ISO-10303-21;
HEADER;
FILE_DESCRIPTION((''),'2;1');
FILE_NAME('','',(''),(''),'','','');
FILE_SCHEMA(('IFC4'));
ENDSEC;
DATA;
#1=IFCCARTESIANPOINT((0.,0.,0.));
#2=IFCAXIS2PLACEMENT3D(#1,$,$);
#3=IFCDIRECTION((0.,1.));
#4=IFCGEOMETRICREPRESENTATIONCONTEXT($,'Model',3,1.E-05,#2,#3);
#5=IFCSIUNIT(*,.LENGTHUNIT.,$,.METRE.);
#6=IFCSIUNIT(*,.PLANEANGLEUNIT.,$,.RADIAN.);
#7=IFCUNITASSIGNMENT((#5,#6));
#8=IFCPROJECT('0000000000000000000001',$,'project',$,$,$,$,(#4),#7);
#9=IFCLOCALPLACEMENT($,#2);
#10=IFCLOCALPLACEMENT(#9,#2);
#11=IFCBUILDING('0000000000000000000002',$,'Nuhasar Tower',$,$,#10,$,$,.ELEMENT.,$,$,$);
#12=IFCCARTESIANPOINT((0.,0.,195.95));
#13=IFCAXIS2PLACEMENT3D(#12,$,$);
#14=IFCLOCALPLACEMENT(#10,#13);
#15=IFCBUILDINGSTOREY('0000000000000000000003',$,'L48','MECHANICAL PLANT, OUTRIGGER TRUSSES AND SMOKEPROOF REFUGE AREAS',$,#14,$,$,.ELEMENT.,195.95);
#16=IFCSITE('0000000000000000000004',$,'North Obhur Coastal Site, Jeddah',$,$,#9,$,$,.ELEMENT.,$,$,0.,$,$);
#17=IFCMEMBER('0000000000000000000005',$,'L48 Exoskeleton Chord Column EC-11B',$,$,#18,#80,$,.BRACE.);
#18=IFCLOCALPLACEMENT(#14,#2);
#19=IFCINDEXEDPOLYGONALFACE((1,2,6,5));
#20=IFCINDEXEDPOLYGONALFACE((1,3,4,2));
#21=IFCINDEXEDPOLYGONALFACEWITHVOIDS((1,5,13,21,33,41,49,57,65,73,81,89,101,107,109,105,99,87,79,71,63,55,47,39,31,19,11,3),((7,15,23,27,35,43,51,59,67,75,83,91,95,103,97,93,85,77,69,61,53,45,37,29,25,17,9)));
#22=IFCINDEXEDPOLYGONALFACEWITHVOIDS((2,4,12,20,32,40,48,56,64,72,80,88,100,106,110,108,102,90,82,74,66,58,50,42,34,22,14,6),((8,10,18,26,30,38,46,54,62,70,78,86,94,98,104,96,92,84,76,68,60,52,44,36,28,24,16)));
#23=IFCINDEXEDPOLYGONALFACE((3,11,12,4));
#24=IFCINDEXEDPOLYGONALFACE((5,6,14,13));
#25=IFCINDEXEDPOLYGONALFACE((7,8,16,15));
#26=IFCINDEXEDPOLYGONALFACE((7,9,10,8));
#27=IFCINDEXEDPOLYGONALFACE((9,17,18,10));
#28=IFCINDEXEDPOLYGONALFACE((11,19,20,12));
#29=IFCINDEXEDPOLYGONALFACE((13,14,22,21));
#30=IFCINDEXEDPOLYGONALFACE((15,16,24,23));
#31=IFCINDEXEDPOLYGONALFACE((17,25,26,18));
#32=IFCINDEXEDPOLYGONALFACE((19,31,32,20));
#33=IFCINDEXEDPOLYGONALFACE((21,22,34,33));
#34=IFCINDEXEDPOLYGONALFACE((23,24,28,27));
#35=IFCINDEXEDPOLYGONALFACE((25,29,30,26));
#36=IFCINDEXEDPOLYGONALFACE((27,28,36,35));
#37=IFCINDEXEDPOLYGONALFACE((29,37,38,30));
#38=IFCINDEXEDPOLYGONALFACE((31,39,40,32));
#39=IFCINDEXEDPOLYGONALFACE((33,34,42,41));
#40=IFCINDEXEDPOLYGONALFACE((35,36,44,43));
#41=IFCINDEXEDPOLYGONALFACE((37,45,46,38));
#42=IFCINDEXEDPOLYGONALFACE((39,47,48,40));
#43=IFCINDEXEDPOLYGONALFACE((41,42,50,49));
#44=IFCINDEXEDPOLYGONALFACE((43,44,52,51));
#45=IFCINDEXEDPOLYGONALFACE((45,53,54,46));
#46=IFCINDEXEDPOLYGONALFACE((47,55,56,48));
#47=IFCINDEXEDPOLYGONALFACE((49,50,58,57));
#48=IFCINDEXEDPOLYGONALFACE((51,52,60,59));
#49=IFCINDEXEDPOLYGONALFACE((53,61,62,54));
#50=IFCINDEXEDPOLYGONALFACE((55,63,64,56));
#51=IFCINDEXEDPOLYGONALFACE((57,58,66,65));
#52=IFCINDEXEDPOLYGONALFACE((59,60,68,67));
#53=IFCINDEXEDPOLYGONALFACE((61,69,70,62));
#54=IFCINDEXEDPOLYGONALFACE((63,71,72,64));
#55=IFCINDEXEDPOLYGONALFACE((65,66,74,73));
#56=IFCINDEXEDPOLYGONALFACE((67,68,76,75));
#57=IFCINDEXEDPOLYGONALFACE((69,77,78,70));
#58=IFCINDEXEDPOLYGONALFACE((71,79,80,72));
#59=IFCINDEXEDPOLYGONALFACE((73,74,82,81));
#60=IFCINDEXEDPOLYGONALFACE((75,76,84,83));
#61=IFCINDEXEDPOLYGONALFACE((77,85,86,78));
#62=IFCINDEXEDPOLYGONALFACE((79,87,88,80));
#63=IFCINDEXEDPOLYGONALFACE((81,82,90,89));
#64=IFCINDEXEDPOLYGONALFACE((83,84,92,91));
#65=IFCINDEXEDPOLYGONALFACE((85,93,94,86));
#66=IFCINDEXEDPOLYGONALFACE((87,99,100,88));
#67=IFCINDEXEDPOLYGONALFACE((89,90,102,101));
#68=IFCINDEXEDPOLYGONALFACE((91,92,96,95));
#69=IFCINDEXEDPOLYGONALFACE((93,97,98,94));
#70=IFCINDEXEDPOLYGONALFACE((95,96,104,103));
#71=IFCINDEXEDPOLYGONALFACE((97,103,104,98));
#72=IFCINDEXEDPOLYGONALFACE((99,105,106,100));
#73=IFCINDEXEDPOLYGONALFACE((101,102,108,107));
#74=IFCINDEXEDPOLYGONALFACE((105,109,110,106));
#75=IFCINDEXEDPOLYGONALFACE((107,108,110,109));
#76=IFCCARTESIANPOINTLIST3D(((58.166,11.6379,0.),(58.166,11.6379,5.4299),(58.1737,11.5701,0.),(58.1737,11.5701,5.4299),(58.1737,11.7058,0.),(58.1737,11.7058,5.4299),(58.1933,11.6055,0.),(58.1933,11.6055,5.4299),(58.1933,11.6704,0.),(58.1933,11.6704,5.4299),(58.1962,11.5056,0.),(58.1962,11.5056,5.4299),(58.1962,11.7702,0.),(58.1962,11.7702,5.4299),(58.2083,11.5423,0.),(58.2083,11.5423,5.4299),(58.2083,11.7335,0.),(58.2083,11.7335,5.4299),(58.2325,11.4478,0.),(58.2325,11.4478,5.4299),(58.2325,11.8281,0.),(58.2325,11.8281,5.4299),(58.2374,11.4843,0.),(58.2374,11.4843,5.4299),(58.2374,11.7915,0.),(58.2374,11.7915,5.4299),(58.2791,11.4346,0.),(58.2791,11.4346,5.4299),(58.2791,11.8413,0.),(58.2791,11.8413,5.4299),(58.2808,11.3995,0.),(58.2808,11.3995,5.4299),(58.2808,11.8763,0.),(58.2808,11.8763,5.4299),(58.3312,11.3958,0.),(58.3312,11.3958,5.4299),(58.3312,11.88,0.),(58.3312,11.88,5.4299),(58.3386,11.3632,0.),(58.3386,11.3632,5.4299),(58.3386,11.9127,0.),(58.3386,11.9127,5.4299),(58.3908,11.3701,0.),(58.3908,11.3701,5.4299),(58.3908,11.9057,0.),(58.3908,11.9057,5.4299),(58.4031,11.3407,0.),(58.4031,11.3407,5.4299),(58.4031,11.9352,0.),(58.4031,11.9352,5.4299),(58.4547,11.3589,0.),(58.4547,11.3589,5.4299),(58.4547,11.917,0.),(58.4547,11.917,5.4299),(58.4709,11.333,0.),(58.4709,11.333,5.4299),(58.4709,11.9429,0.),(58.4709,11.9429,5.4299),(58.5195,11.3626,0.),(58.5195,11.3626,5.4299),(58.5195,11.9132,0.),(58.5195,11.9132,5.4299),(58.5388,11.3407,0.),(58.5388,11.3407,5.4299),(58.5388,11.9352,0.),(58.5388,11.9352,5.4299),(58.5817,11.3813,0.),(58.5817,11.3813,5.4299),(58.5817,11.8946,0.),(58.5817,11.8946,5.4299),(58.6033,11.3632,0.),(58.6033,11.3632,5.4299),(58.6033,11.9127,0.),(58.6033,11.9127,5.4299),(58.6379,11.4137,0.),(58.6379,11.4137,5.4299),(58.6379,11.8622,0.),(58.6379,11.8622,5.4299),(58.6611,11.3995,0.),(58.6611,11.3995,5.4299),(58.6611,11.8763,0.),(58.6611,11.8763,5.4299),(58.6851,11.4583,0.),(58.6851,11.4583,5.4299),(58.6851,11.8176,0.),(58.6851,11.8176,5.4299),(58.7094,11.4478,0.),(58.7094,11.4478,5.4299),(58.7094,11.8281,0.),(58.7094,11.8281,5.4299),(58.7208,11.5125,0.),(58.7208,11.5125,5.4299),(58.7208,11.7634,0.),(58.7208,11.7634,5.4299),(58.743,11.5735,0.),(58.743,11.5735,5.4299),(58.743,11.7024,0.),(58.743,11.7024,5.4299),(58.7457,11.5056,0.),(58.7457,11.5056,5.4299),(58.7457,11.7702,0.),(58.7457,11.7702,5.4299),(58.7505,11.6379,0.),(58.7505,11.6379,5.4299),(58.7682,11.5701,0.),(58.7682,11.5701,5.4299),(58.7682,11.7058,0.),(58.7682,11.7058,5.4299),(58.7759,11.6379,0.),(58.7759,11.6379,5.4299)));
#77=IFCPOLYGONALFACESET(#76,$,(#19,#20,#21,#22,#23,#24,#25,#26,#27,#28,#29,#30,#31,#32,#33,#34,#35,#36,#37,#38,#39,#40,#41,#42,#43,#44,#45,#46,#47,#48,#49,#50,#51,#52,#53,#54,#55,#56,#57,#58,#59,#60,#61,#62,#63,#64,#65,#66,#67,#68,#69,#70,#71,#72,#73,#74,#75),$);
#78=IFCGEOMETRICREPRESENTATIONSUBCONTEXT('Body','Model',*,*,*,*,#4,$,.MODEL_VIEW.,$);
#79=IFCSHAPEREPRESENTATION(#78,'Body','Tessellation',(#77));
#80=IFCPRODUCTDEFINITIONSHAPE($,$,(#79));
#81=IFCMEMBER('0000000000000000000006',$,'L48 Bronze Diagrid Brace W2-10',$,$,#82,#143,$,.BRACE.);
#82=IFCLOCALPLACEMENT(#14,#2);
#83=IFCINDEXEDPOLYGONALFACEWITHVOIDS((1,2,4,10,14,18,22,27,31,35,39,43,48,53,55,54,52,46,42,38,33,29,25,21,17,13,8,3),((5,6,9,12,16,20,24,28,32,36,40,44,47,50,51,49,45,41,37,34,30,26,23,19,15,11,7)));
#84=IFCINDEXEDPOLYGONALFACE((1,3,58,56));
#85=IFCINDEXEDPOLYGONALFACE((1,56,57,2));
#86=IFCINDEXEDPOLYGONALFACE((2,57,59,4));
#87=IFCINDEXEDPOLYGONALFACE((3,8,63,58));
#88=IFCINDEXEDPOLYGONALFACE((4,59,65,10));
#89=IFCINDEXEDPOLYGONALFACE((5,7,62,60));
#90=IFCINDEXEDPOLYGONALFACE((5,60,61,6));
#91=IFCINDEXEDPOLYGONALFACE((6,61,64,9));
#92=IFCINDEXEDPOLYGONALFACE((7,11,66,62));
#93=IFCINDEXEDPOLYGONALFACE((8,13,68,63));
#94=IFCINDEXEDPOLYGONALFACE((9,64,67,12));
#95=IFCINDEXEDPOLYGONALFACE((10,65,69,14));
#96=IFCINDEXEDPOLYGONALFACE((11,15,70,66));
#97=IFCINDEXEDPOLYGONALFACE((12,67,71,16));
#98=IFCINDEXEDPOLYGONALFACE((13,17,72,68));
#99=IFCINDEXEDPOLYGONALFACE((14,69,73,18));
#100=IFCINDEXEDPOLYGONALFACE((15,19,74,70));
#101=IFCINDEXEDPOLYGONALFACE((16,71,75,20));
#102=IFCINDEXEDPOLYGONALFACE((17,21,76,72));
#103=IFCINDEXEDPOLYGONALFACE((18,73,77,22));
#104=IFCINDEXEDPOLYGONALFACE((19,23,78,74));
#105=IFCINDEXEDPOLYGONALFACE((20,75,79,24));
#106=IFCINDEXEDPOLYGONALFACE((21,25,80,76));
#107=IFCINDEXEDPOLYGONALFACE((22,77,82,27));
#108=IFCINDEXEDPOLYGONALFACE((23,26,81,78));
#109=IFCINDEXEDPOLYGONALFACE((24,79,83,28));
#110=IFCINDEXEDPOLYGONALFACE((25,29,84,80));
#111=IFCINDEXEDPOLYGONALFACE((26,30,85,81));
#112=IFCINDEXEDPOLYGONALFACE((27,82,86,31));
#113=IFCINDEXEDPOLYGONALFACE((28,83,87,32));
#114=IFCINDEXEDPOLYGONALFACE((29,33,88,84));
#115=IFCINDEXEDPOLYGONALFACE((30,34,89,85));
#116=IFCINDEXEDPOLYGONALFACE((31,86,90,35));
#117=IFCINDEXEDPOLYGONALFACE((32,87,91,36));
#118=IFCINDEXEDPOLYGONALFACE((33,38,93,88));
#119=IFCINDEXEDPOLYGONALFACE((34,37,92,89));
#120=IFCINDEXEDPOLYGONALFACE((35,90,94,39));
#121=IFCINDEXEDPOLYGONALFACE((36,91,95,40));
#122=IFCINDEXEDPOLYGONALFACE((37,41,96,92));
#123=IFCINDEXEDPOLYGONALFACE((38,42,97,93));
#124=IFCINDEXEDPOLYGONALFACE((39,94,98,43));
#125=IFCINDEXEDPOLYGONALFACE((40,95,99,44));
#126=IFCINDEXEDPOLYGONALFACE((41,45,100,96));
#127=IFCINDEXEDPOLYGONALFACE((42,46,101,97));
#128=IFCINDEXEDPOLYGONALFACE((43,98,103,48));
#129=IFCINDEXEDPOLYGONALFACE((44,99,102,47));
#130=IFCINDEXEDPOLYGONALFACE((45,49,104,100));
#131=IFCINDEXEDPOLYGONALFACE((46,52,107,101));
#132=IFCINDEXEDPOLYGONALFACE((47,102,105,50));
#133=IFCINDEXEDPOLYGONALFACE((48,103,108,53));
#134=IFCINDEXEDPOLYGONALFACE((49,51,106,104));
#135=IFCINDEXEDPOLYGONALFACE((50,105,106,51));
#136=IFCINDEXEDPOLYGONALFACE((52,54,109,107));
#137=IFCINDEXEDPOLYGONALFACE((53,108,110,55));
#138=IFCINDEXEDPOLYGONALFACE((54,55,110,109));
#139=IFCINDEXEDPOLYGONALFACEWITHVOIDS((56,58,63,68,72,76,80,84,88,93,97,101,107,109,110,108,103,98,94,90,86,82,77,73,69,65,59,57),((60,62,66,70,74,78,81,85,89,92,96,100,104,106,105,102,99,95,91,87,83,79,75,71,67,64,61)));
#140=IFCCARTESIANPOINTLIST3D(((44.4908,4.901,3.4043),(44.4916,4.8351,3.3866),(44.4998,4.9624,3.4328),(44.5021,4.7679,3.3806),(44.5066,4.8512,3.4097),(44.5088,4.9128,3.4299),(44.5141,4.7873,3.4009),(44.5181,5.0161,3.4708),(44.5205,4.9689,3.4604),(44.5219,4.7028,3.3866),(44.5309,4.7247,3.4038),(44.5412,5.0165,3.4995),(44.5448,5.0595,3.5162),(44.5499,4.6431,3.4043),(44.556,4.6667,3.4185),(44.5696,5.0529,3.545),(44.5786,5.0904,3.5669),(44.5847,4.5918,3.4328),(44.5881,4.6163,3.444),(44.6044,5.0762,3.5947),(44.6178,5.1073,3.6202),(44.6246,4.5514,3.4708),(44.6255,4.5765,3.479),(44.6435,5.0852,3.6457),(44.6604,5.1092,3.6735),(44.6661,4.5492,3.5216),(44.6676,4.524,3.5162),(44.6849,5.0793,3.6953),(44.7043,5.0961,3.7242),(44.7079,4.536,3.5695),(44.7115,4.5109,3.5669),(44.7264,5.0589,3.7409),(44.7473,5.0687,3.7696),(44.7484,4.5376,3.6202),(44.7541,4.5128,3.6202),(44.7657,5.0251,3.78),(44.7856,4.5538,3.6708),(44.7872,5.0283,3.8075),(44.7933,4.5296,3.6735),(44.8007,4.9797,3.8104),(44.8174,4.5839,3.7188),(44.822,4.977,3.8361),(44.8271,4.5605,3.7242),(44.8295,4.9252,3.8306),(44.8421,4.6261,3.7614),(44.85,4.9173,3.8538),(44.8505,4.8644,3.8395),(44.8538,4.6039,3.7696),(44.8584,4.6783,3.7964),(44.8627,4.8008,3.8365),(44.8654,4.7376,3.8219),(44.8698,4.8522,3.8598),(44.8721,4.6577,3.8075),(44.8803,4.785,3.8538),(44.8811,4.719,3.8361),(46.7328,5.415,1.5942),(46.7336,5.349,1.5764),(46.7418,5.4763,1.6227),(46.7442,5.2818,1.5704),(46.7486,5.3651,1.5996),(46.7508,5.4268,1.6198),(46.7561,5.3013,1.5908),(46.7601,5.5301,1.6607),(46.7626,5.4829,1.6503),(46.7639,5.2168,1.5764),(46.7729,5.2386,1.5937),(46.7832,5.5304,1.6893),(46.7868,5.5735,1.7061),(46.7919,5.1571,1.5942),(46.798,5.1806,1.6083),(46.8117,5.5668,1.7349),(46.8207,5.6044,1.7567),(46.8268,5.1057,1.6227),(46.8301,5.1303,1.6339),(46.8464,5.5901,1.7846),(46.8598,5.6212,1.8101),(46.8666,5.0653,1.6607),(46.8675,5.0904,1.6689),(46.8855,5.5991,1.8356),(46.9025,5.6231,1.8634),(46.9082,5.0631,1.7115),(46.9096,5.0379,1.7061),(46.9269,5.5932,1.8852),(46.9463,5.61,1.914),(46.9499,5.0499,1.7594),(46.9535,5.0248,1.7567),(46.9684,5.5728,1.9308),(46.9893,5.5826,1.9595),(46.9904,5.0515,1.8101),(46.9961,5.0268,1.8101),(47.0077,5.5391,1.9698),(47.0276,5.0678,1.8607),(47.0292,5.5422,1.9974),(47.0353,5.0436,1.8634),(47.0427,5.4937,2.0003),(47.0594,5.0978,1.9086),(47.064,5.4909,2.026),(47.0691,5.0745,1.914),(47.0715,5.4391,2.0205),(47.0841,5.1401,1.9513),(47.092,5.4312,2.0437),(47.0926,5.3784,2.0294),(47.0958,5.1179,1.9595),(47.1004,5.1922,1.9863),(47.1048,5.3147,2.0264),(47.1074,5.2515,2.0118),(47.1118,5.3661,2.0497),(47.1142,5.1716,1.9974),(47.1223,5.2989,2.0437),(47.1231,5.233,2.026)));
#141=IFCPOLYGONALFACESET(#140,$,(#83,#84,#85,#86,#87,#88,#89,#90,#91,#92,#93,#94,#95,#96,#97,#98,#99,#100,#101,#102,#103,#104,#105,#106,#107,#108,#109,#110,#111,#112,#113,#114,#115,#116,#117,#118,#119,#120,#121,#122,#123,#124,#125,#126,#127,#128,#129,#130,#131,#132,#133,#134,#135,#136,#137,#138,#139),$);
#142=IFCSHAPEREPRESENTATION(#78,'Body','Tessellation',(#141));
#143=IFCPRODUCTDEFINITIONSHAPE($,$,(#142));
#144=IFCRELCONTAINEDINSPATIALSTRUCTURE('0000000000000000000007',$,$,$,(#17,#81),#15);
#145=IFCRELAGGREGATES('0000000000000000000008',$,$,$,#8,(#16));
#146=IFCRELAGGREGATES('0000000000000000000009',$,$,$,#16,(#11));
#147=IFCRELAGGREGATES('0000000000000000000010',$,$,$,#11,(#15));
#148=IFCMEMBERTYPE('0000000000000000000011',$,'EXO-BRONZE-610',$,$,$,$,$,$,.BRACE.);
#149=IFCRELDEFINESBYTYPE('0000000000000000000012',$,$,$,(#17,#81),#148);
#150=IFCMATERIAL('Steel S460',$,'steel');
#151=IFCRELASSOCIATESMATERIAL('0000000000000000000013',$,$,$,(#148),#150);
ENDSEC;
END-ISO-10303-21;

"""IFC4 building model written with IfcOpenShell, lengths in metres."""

from ifc_helpers import new_model, si_unit, direction, frame, origin, origin_2d, place, context, subcontext, project, spatial, hollow_circle, extrude, material, material_profile, profile_set, type_object, element, save


model = new_model("IFC4")

# Units and contexts
model_context = context("Model", 3, precision=1e-05, world=origin(), true_north=direction((0.0, 1.0)))
body_context = subcontext(model_context, "Body", "Model", "MODEL_VIEW")
ifc_project = project(units=[si_unit("LENGTHUNIT", "METRE"), si_unit("PLANEANGLEUNIT", "RADIAN")], contexts=[model_context])

# Site, building, storey
site_placement = place(None, origin())
site = spatial("IfcSite", under=ifc_project, at=site_placement, Name="North Obhur Coastal Site, Jeddah", CompositionType="ELEMENT", RefElevation=0.0)
building_placement = place(site_placement, origin())
building = spatial("IfcBuilding", under=site, at=building_placement, Name="Nuhasar Tower", CompositionType="ELEMENT")
storey_placement = place(building_placement, frame((0.0, 0.0, 195.95)))
storey = spatial("IfcBuildingStorey", under=building, at=storey_placement, Name="L48", Description="MECHANICAL PLANT, OUTRIGGER TRUSSES AND SMOKEPROOF REFUGE AREAS", CompositionType="ELEMENT", Elevation=195.95)

# Shared definitions
ifc_material_1 = material(Name="Steel S460", Category="steel")

# Members
ifc_material_profile_1 = material_profile(ifc_material_1, hollow_circle(Radius=0.3049, WallThickness=0.0254, at=origin_2d()), Name="HSS610X25.4")
ifc_profile_set_1 = profile_set([ifc_material_profile_1], Name="Steel S460")
member_type_1 = type_object("IfcMemberType", Name="EXO-BRONZE-610", PredefinedType="BRACE", material=ifc_profile_set_1)
for number, where, z_axis, x_axis, name in (
    (1, (58.4709, 11.6379, 0.0), (0.0, 0.0, 1.0), (1.0, 0.0, 0.0), "L48 Exoskeleton Chord Column EC-11B"),
):
    element("IfcMember", number, at=place(storey_placement, frame(where, z_axis=z_axis, x_axis=x_axis)), inside=storey, type_object=member_type_1, Name=name, PredefinedType="BRACE", context=body_context, shape_type="SweptSolid", body=[
        extrude(hollow_circle(Radius=0.3049, WallThickness=0.0254, at=origin_2d()), origin(), (0.0, 0.0, 1.0), 5.4299),
    ])
member_1_placement = place(storey_placement, frame((46.928, 5.324, 1.8101), z_axis=(-0.765979, -0.175584, 0.618422), x_axis=(0.223433, -0.974719, 0.0)))
element("IfcMember", 2, at=member_1_placement, inside=storey, type_object=member_type_1, Name="L48 Bronze Diagrid Brace W2-10", PredefinedType="BRACE", context=body_context, shape_type="SweptSolid", body=[
    extrude(hollow_circle(Radius=0.3049, WallThickness=0.0254, at=origin_2d()), origin(), (0.0, 0.0, 1.0), 2.927),
])

save(model, "model.ifc")
